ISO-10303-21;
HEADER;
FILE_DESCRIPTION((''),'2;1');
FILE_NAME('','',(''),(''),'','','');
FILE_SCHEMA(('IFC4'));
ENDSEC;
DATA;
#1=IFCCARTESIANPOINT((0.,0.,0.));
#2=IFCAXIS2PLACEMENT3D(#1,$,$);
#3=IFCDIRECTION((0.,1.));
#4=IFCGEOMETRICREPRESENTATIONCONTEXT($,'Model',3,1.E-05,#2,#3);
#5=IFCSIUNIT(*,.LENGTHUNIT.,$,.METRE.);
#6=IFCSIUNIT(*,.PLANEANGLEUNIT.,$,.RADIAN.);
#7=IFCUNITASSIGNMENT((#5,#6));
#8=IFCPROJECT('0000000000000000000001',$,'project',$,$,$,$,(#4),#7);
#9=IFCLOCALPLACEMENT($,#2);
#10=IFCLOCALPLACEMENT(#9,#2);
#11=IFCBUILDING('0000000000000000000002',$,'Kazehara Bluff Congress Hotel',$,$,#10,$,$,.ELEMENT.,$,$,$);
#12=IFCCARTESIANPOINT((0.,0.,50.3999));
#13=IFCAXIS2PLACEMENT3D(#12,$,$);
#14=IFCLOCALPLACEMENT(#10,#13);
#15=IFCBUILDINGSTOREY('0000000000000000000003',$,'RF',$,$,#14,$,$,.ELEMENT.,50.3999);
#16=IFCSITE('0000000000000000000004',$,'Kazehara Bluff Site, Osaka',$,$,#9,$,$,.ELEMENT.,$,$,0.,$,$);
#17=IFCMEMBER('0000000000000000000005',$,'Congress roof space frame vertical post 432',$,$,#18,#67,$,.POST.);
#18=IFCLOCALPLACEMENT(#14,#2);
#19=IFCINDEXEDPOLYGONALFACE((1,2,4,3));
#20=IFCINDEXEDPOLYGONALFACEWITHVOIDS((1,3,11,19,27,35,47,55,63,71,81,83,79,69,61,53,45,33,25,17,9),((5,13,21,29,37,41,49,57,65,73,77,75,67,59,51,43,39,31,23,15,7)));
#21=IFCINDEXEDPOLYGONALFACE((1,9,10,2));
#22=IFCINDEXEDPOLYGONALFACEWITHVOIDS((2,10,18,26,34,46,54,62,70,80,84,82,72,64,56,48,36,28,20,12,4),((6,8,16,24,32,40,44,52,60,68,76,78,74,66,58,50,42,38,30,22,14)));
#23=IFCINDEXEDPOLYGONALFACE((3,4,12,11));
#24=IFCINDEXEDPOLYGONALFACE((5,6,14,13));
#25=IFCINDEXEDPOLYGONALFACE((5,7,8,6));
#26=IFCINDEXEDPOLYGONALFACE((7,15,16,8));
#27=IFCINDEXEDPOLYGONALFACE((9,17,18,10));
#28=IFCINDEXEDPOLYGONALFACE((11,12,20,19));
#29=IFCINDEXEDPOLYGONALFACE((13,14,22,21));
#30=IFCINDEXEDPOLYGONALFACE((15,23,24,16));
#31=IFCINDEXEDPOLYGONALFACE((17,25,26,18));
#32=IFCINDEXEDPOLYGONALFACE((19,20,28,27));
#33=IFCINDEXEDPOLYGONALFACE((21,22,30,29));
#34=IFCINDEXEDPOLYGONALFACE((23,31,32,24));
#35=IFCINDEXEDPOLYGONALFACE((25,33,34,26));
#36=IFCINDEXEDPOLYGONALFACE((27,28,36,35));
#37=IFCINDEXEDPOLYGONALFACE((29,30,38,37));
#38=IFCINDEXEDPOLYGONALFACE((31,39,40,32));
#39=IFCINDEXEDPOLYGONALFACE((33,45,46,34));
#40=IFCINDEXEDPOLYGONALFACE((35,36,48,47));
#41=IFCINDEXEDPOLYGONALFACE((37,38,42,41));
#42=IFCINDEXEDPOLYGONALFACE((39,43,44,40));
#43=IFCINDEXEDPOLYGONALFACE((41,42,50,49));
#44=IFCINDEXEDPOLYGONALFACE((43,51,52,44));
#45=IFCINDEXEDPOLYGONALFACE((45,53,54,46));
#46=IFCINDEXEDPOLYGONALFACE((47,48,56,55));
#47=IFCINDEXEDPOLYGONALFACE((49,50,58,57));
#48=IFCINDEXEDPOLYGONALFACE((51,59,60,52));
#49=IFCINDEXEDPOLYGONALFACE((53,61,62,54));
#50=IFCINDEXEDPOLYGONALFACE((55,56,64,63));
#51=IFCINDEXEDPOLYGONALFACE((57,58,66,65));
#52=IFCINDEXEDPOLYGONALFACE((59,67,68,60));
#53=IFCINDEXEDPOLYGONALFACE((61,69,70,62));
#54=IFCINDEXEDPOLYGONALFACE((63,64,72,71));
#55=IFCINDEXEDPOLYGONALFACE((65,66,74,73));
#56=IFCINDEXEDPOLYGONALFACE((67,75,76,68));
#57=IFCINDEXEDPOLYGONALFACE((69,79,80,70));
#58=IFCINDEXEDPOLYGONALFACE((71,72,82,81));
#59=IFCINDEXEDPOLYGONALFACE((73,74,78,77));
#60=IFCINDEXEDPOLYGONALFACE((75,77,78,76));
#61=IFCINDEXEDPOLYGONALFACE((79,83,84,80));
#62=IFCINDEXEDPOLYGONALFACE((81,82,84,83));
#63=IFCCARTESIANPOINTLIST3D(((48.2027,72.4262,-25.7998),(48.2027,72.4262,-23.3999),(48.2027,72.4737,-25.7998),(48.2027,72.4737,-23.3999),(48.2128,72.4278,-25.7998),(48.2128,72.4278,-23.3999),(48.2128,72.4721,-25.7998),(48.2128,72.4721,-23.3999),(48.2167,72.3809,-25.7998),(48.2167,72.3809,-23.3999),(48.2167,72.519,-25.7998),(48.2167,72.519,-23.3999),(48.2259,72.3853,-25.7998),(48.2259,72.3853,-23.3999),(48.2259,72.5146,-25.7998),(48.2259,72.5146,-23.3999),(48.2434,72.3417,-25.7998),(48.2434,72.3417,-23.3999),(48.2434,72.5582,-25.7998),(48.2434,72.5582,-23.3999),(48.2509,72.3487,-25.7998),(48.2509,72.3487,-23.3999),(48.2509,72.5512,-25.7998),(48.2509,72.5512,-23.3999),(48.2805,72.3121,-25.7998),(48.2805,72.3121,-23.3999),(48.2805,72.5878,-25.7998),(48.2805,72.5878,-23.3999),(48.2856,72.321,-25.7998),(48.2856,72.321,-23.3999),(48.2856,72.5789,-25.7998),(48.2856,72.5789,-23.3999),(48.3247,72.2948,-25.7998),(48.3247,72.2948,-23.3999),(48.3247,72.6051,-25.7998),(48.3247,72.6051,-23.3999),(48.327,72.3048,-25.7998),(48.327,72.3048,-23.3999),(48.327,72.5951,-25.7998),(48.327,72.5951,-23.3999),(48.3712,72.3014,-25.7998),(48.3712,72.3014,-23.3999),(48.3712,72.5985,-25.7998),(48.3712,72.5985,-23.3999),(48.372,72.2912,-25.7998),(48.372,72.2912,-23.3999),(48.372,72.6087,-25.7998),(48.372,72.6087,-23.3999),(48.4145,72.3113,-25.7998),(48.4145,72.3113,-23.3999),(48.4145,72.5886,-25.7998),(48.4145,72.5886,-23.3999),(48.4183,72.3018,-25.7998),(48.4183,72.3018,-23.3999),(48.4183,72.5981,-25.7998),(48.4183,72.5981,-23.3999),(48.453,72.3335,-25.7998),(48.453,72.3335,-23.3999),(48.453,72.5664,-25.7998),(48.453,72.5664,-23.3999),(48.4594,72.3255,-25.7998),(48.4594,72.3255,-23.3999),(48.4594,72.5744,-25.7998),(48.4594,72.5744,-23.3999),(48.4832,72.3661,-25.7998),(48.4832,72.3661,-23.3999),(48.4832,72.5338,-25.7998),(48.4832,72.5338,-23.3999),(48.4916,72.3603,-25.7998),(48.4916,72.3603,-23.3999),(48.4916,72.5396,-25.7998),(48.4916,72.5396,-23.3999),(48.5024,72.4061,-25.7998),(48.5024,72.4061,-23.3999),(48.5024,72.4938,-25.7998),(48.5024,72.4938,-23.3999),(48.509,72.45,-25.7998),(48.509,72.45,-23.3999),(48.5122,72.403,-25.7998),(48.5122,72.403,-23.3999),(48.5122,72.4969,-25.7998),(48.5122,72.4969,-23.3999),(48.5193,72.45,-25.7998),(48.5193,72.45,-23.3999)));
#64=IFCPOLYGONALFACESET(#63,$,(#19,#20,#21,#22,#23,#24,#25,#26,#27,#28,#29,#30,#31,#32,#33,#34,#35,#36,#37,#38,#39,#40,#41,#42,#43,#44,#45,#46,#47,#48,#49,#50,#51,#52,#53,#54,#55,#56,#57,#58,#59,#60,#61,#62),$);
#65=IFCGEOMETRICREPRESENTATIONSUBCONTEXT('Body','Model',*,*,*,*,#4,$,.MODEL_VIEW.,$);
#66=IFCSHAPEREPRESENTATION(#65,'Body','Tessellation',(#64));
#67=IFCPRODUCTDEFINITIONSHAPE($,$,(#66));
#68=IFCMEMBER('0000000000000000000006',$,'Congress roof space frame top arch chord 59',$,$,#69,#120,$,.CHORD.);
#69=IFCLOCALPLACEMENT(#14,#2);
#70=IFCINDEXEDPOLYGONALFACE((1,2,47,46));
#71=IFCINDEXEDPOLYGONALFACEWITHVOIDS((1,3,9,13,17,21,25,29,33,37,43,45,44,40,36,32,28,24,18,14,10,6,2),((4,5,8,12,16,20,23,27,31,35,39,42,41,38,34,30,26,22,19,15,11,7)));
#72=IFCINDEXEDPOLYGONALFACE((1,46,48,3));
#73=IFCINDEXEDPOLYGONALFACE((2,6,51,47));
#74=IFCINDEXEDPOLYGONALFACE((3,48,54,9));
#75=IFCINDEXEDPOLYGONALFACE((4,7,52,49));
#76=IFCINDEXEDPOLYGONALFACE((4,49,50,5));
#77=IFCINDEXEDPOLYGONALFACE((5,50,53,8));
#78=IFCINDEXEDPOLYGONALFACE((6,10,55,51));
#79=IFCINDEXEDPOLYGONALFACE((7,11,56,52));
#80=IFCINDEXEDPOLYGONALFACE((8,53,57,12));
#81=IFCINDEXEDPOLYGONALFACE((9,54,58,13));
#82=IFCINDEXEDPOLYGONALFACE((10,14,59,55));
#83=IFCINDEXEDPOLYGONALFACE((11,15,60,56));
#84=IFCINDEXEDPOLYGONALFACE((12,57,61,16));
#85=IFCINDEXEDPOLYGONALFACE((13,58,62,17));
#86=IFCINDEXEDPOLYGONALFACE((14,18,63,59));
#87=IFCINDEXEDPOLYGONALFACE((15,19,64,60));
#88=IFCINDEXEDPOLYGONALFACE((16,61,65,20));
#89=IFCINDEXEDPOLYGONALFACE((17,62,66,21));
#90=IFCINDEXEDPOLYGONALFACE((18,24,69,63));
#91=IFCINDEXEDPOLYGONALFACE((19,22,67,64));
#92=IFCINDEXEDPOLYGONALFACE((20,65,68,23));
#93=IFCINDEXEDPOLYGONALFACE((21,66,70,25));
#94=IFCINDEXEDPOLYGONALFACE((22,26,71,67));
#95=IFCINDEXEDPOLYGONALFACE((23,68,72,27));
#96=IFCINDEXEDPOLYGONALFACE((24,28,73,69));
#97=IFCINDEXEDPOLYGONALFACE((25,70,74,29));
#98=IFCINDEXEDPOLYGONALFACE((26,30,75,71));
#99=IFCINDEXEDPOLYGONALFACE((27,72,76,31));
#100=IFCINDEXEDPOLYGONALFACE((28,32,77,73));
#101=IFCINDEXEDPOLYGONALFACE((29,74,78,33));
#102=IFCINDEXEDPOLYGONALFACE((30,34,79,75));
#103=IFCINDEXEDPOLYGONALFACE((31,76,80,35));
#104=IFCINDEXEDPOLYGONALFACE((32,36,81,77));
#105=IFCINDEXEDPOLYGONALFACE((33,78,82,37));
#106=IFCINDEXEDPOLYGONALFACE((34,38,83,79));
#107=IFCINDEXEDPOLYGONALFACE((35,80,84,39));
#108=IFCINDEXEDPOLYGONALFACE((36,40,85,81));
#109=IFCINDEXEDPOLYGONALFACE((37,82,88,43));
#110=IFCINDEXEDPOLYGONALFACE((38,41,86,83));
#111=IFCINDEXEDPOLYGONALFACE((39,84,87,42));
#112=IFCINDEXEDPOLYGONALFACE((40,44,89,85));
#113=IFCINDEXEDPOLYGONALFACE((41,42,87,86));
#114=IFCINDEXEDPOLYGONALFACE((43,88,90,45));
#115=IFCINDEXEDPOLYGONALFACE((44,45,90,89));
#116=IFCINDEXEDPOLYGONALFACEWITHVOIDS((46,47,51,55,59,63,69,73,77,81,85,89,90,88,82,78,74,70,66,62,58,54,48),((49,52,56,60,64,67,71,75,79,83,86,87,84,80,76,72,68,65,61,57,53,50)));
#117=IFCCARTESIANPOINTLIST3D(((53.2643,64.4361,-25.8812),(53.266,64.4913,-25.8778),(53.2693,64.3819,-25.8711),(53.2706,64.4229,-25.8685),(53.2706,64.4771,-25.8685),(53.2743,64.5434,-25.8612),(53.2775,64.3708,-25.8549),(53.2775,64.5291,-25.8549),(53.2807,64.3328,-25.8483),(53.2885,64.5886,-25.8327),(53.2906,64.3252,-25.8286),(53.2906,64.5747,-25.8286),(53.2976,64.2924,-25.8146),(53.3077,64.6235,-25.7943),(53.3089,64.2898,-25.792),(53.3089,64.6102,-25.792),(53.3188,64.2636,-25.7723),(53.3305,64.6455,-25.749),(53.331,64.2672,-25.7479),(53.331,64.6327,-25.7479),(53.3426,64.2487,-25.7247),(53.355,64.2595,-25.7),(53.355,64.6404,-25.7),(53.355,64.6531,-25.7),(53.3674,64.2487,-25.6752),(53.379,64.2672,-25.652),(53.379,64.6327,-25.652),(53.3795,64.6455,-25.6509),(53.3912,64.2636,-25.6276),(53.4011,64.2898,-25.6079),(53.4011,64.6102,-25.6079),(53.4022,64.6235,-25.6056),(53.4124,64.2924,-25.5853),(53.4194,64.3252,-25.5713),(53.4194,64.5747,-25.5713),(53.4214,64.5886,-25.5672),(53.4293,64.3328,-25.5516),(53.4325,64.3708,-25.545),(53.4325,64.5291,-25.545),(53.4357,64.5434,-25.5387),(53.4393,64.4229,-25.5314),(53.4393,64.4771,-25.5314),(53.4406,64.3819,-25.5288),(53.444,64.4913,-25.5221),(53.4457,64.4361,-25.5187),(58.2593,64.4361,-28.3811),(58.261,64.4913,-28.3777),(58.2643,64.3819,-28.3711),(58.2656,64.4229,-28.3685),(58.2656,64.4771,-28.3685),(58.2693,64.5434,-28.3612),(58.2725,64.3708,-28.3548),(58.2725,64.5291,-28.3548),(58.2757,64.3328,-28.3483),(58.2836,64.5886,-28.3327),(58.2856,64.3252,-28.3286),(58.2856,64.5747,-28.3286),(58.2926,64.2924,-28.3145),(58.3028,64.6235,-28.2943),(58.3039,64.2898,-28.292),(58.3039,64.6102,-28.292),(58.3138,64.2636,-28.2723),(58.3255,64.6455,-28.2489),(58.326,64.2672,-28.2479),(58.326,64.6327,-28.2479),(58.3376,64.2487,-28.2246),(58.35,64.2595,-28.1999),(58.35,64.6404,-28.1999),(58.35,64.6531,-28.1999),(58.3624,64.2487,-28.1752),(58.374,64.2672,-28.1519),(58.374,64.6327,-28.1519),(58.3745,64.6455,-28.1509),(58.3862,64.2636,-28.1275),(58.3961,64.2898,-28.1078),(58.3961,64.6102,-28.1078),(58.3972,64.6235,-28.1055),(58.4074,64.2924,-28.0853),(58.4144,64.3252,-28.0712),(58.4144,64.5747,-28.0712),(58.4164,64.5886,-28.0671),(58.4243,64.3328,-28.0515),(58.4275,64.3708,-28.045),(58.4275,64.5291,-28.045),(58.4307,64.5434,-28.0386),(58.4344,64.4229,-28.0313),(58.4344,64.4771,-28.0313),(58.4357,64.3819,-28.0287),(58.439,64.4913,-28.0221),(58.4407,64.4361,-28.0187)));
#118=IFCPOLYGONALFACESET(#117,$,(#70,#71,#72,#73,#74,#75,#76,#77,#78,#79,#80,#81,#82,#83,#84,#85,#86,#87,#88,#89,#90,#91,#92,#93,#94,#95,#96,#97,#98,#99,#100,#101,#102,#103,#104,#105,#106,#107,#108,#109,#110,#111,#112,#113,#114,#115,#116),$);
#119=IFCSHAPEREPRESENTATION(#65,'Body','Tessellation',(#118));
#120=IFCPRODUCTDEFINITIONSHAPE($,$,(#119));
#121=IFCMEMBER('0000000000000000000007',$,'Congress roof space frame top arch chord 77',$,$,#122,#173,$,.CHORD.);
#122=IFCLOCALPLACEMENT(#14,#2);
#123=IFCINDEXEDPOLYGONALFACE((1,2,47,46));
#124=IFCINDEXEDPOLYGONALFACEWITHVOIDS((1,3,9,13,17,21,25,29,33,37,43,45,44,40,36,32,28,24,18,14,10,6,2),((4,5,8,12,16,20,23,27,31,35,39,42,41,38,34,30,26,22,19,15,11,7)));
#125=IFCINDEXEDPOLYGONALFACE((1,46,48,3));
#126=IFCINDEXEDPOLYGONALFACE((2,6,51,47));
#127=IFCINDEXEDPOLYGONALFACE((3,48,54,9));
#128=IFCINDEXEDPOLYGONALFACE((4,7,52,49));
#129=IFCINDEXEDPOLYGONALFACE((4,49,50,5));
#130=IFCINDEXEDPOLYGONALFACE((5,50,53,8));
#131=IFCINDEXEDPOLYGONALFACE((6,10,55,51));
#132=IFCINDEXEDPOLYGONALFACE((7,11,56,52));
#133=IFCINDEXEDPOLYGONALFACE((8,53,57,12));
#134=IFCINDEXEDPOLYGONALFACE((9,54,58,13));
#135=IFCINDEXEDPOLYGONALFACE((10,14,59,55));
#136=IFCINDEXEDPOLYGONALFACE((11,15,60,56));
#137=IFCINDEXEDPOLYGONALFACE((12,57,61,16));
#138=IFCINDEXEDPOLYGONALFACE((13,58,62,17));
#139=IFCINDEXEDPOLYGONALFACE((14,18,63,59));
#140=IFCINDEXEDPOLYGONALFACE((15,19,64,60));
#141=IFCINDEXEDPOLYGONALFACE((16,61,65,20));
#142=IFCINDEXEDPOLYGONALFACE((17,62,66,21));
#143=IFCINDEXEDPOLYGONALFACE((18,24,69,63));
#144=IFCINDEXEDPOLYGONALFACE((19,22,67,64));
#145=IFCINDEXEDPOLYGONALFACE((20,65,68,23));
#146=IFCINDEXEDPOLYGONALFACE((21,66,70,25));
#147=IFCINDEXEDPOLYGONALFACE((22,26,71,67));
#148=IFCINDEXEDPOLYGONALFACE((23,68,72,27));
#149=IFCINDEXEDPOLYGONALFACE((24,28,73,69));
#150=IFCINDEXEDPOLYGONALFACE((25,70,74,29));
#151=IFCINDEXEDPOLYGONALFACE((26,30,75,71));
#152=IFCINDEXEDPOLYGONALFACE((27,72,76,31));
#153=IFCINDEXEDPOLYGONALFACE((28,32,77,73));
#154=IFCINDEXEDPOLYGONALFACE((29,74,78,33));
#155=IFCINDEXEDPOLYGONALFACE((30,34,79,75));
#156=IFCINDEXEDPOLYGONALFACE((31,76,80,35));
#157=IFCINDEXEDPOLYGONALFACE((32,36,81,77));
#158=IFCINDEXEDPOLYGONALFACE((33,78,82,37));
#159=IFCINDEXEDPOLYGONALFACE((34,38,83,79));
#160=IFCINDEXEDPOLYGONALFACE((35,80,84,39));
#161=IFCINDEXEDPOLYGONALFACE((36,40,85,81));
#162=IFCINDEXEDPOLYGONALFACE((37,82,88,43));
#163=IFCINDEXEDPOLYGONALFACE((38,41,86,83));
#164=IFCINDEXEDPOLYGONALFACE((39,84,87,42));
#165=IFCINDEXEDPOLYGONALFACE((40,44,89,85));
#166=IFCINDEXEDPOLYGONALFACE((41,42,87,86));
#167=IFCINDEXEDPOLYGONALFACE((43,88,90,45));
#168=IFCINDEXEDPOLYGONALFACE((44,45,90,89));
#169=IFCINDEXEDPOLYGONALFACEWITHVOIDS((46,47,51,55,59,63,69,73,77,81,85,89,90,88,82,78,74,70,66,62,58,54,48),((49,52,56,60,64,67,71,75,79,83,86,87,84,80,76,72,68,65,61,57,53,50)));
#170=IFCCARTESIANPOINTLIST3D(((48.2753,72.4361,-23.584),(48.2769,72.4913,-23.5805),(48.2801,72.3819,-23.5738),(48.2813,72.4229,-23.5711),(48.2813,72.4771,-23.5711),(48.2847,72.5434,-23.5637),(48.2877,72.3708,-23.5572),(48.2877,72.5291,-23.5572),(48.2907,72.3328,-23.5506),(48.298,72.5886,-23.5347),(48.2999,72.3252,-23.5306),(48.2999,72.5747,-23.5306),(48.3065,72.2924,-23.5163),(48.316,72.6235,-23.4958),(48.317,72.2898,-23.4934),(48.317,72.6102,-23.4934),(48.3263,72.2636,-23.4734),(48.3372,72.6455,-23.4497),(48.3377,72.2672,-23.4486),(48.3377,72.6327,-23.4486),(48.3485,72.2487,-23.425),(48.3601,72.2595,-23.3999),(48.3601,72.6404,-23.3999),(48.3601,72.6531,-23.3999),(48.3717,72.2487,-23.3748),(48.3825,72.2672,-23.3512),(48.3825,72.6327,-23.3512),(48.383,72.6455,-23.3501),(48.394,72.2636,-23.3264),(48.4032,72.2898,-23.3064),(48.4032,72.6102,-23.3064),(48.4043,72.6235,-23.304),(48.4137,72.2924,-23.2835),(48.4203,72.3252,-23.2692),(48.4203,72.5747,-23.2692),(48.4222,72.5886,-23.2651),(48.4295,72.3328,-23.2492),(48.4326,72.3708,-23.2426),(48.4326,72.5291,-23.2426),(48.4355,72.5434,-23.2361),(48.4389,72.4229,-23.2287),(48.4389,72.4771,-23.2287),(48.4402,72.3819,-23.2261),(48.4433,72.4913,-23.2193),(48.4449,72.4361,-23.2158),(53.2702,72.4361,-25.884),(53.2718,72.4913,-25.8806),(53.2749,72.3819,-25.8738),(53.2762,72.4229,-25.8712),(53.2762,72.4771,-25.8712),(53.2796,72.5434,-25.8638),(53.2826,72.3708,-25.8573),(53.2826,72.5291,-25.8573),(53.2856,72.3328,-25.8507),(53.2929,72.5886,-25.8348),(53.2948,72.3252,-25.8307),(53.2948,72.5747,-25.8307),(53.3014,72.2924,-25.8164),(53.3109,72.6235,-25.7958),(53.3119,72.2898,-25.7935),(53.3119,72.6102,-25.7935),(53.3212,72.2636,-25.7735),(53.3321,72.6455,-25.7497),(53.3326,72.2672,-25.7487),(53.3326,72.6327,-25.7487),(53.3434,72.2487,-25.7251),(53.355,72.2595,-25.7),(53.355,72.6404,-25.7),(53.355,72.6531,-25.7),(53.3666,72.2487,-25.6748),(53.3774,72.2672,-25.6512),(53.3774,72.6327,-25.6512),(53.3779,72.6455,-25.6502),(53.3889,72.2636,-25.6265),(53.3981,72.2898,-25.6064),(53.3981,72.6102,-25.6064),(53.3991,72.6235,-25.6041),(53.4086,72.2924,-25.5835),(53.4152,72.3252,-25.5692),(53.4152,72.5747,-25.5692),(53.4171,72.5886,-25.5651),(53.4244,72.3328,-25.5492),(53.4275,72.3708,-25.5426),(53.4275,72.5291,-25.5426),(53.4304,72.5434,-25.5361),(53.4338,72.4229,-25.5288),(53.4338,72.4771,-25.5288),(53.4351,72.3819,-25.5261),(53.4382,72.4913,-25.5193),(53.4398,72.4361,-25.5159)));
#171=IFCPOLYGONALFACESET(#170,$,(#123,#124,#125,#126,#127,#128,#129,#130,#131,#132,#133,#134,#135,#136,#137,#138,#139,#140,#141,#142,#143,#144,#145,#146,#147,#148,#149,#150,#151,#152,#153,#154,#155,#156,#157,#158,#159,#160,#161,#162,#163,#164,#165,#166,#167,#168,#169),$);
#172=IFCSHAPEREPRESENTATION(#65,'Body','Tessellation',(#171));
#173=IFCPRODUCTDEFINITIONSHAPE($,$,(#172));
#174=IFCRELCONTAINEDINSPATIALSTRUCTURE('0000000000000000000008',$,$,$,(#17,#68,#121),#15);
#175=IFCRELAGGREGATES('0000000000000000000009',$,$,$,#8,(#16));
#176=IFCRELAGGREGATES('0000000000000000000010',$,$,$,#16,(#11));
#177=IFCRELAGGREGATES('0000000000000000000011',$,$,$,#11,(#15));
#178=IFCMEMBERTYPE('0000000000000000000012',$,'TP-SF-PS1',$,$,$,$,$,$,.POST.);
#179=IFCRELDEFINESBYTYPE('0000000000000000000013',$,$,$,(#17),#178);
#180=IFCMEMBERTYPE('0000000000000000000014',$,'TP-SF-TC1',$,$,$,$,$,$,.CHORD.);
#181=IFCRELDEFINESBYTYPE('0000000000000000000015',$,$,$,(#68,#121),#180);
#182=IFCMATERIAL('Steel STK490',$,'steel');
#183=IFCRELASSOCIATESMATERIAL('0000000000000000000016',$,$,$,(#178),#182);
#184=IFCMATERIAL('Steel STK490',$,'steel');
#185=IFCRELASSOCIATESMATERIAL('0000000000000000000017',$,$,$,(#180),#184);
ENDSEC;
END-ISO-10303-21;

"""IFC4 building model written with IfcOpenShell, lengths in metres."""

from ifc_helpers import new_model, si_unit, direction, frame, origin, origin_2d, place, context, subcontext, project, spatial, hollow_circle, extrude, material, material_profile, profile_set, type_object, element, save


model = new_model("IFC4")

# Units and contexts
model_context = context("Model", 3, precision=1e-05, world=origin(), true_north=direction((0.0, 1.0)))
body_context = subcontext(model_context, "Body", "Model", "MODEL_VIEW")
ifc_project = project(units=[si_unit("LENGTHUNIT", "METRE"), si_unit("PLANEANGLEUNIT", "RADIAN")], contexts=[model_context])

# Site, building, storey
site_placement = place(None, origin())
site = spatial("IfcSite", under=ifc_project, at=site_placement, Name="Kazehara Bluff Site, Osaka", CompositionType="ELEMENT", RefElevation=0.0)
building_placement = place(site_placement, origin())
building = spatial("IfcBuilding", under=site, at=building_placement, Name="Kazehara Bluff Congress Hotel", CompositionType="ELEMENT")
storey_placement = place(building_placement, frame((0.0, 0.0, 50.3999)))
storey = spatial("IfcBuildingStorey", under=building, at=storey_placement, Name="RF", CompositionType="ELEMENT", Elevation=50.3999)

# Members
ifc_material_1 = material(Name="Steel STK490", Category="steel")
ifc_material_profile_1 = material_profile(ifc_material_1, hollow_circle(Radius=0.1592, WallThickness=0.0103, at=origin_2d()))
ifc_profile_set_1 = profile_set([ifc_material_profile_1], Name="Steel STK490")
member_type_1 = type_object("IfcMemberType", Name="TP-SF-PS1", PredefinedType="POST", material=ifc_profile_set_1)
for number, where, z_axis, x_axis, name in (
    (1, (48.3601, 72.45, -25.7998), (0.0, 0.0, 1.0), (1.0, 0.0, 0.0), "Congress roof space frame vertical post 432"),
):
    element("IfcMember", number, at=place(storey_placement, frame(where, z_axis=z_axis, x_axis=x_axis)), inside=storey, type_object=member_type_1, Name=name, PredefinedType="POST", context=body_context, shape_type="SweptSolid", body=[
        extrude(hollow_circle(Radius=0.1592, WallThickness=0.0103, at=origin_2d()), origin(), (0.0, 0.0, 1.0), 2.3999),
    ])
ifc_material_2 = material(Name="Steel STK490", Category="steel")
ifc_material_profile_2 = material_profile(ifc_material_2, hollow_circle(Radius=0.2031, WallThickness=0.0127, at=origin_2d()))
ifc_profile_set_2 = profile_set([ifc_material_profile_2], Name="Steel STK490")
member_type_2 = type_object("IfcMemberType", Name="TP-SF-TC1", PredefinedType="CHORD", material=ifc_profile_set_2)
member_1_placement = place(storey_placement, frame((53.355, 64.45, -25.7), z_axis=(0.894252, 0.0, -0.447563), x_axis=(0.0, 1.0, 0.0)))
element("IfcMember", 2, at=member_1_placement, inside=storey, type_object=member_type_2, Name="Congress roof space frame top arch chord 59", PredefinedType="CHORD", context=body_context, shape_type="SweptSolid", body=[
    extrude(hollow_circle(Radius=0.2031, WallThickness=0.0127, at=origin_2d()), origin(), (0.0, 0.0, 1.0), 5.5857),
])
member_2_placement = place(storey_placement, frame((48.3601, 72.45, -23.3999), z_axis=(0.908324, 0.0, -0.418267), x_axis=(0.0, 1.0, 0.0)))
element("IfcMember", 3, at=member_2_placement, inside=storey, type_object=member_type_2, Name="Congress roof space frame top arch chord 77", PredefinedType="CHORD", context=body_context, shape_type="SweptSolid", body=[
    extrude(hollow_circle(Radius=0.2031, WallThickness=0.0127, at=origin_2d()), origin(), (0.0, 0.0, 1.0), 5.499),
])

save(model, "model.ifc")
